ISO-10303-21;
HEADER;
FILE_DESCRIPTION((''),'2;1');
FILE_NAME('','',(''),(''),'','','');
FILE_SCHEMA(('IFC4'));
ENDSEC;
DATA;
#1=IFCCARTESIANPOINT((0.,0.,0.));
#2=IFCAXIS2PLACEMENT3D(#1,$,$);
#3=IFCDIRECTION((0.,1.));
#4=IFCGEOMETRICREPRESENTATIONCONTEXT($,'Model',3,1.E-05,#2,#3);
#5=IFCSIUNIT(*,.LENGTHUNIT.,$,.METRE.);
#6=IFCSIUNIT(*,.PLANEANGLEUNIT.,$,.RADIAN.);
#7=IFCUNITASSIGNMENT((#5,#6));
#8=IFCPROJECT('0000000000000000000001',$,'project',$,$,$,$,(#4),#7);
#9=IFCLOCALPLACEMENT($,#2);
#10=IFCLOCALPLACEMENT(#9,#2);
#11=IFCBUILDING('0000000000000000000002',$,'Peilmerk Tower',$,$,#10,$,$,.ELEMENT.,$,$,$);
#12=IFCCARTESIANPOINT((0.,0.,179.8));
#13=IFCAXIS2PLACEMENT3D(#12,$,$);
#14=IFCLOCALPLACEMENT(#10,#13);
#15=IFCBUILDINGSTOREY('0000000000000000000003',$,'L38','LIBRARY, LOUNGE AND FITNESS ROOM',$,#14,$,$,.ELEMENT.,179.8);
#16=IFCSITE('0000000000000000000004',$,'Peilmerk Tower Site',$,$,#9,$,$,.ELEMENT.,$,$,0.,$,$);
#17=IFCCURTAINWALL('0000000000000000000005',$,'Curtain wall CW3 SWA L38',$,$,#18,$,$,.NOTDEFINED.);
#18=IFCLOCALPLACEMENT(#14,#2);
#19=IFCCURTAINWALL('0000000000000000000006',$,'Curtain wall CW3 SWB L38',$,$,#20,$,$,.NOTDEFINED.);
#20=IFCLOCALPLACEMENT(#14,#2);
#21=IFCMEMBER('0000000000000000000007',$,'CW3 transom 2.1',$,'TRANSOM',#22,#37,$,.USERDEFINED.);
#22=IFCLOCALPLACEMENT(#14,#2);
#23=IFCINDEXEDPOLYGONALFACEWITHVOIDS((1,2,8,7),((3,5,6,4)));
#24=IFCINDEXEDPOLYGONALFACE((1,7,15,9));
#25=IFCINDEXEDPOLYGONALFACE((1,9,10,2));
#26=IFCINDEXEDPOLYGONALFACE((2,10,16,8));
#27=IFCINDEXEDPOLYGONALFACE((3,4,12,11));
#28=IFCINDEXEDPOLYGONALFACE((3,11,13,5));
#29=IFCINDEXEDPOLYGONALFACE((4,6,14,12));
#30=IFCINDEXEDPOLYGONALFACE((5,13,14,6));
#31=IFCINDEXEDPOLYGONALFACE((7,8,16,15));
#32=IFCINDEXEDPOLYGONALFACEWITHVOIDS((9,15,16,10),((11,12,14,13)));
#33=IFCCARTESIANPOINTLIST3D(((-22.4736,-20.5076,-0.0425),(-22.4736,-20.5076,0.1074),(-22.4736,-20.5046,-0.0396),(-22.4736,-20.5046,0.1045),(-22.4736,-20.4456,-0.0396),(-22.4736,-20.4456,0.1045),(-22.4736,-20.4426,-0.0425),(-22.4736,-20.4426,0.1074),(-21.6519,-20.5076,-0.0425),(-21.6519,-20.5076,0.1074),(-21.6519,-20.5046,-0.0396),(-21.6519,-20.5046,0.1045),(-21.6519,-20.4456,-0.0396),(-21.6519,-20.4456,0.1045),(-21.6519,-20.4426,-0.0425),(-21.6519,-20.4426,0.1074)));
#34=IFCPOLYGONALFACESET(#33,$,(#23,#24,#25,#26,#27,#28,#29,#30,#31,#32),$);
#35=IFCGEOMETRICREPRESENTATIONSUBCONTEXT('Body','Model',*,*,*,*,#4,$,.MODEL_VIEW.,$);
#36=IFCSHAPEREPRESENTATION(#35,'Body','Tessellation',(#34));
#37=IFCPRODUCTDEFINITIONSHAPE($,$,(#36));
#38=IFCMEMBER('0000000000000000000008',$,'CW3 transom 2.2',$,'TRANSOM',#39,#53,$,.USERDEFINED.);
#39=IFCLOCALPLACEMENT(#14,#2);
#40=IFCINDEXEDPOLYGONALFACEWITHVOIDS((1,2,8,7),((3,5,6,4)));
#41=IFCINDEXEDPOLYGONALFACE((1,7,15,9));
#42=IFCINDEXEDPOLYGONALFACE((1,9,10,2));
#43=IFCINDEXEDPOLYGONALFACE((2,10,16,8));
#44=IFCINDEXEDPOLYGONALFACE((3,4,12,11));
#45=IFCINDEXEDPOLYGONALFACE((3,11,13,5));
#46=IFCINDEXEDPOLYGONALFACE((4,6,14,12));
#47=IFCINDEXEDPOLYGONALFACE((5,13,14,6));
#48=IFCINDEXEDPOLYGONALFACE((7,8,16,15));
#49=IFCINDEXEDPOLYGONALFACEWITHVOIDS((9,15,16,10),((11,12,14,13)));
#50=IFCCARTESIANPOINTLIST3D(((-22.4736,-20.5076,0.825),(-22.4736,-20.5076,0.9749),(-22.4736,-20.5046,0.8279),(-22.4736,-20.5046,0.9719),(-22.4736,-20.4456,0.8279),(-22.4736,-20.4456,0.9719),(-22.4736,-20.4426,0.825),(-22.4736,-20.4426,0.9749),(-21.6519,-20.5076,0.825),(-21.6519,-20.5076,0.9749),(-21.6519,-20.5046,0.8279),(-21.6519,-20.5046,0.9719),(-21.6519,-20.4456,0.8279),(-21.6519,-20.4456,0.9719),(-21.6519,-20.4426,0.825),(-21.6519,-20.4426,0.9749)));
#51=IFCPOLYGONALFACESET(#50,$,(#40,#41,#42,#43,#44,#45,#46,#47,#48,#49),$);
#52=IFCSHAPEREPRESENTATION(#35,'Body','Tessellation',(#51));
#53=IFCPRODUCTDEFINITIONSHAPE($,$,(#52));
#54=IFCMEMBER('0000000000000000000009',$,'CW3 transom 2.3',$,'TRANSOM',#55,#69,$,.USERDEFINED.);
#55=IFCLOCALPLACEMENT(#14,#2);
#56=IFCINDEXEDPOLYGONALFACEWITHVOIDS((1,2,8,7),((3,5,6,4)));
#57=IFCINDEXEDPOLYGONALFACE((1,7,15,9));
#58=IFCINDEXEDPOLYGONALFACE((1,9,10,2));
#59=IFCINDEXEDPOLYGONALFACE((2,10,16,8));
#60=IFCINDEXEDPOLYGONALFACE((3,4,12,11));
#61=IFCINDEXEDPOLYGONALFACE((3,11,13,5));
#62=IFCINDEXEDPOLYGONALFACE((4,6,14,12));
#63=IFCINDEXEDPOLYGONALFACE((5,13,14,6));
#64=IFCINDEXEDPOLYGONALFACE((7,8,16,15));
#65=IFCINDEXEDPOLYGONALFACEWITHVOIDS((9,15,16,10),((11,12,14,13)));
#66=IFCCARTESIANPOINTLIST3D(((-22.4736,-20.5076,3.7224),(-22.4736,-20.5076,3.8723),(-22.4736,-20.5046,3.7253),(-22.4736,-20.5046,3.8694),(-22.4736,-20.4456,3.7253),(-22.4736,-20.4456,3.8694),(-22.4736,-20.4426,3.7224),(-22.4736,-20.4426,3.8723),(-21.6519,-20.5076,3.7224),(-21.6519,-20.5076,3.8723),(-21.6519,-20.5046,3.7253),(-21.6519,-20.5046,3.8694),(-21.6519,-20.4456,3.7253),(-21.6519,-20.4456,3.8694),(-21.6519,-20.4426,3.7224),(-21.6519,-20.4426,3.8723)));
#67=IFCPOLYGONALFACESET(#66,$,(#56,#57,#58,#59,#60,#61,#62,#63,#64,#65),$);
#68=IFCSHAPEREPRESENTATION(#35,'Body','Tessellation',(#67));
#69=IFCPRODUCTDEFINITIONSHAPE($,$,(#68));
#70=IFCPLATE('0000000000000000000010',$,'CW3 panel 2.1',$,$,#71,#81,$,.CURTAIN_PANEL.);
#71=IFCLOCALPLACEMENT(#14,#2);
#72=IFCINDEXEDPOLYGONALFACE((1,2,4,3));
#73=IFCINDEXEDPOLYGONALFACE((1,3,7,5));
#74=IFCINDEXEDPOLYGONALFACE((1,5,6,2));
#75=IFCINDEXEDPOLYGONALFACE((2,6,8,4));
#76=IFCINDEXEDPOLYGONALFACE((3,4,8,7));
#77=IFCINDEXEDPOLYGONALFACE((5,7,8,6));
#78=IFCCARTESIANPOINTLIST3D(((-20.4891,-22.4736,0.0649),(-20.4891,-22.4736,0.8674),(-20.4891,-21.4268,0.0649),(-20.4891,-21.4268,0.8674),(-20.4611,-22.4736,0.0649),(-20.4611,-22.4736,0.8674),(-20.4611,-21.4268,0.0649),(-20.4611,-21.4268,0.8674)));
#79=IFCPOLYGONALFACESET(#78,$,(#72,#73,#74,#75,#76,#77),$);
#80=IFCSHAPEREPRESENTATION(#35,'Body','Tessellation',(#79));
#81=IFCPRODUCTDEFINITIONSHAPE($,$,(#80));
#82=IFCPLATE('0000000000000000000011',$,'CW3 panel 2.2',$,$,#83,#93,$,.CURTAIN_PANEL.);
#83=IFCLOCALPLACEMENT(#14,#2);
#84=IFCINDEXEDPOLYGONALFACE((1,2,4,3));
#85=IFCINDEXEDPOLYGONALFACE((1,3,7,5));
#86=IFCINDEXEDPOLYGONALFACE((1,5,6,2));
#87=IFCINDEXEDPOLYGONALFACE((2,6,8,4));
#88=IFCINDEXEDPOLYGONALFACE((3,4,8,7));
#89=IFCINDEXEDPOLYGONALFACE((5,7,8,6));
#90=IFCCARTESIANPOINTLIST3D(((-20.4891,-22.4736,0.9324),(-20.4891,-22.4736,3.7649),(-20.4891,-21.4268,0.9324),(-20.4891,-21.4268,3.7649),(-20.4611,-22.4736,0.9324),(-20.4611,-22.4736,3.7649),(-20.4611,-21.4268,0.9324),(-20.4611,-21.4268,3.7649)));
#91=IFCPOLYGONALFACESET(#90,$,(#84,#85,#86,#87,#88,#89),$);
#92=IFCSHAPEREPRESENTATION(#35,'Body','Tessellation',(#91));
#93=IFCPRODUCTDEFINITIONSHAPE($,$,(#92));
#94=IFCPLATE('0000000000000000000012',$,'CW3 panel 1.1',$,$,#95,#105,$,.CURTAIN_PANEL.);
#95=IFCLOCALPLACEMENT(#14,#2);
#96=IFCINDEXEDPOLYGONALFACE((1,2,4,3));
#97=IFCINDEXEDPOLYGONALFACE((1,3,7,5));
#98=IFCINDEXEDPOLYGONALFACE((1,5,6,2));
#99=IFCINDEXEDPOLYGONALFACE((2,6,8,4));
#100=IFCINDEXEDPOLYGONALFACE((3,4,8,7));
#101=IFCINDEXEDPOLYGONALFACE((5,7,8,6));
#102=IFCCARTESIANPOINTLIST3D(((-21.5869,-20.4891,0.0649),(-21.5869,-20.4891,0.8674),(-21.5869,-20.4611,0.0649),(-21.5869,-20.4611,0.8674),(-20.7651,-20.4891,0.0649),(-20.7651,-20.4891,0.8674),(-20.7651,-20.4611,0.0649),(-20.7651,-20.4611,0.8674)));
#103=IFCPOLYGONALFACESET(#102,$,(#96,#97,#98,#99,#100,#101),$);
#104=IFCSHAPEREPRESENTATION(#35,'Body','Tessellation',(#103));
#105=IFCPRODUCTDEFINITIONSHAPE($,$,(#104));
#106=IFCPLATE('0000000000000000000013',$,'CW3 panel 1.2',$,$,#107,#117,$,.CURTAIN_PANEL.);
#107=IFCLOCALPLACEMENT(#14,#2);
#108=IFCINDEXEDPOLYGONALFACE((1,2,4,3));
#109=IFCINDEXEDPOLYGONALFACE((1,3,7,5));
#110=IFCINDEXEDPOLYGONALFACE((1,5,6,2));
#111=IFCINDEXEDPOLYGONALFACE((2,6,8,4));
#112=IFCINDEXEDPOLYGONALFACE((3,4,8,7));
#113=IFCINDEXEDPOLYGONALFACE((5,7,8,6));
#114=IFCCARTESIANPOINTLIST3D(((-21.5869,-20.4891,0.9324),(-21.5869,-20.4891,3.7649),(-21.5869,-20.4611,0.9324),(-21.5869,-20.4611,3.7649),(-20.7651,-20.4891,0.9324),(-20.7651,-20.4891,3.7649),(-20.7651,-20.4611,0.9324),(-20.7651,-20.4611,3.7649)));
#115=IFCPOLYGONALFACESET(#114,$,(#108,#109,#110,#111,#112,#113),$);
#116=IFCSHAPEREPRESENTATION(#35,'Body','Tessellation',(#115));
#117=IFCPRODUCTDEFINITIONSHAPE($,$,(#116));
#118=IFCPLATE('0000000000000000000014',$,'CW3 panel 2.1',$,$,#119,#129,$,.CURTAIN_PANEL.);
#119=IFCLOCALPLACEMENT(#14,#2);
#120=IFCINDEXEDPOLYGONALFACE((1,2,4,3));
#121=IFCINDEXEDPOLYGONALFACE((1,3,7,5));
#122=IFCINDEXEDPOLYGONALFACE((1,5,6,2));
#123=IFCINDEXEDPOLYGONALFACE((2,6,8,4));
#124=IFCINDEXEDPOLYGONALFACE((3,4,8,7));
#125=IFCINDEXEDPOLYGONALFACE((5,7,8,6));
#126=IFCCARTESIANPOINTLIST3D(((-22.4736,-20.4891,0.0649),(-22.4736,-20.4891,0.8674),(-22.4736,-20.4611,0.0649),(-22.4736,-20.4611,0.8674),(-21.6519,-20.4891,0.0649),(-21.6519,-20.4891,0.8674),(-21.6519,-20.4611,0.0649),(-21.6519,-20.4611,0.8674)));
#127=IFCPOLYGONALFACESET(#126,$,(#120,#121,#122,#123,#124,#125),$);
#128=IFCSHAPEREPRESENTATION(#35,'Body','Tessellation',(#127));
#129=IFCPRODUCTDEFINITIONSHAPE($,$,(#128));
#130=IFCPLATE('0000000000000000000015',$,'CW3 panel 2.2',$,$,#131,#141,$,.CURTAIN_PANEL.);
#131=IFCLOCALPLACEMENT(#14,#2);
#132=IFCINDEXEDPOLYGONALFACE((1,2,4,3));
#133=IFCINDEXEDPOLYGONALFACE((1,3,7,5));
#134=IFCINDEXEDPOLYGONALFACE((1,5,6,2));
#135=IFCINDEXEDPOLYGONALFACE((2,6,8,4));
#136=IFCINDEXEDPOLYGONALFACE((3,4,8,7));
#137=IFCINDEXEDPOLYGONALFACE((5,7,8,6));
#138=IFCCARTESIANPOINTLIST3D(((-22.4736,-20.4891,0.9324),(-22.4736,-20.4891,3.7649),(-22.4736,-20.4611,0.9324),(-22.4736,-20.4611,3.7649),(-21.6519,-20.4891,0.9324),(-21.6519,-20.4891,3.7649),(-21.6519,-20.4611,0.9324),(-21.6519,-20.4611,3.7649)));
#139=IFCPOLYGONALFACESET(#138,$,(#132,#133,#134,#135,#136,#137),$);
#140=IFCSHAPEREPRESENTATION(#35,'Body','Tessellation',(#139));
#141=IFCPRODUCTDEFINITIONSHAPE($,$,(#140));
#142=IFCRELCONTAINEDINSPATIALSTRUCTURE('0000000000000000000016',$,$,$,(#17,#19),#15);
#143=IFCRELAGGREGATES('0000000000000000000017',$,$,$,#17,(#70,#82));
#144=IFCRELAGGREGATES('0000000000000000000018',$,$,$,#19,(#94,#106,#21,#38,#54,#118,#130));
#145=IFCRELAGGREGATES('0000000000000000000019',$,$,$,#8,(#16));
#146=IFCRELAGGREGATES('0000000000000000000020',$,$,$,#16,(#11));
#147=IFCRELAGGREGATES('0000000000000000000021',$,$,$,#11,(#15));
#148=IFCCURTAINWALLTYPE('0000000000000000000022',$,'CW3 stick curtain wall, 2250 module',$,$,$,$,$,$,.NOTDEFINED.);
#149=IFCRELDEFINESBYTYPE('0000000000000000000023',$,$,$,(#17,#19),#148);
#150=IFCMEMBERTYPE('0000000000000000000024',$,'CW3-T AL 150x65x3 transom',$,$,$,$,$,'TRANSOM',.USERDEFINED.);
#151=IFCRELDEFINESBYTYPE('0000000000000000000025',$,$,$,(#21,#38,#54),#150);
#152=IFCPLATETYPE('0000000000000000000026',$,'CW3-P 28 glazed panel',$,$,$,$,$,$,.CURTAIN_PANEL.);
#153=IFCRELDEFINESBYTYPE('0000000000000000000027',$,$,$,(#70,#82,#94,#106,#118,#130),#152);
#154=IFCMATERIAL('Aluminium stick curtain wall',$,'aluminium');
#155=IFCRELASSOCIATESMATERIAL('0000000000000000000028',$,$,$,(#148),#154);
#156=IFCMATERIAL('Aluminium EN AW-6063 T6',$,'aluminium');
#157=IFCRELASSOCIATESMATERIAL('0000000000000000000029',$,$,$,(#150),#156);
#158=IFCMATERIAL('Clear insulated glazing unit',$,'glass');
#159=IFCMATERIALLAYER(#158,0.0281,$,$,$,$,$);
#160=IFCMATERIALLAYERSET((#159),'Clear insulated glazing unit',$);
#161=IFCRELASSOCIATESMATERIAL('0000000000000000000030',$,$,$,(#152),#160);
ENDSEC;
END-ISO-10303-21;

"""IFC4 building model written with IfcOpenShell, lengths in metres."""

from ifc_helpers import new_model, si_unit, direction, frame, origin, origin_2d, place, context, subcontext, project, spatial, rectangle, hollow_rectangle, extrude, material, layer, layer_set, material_profile, profile_set, type_object, element, aggregate, save


model = new_model("IFC4")

# Units and contexts
model_context = context("Model", 3, precision=1e-05, world=origin(), true_north=direction((0.0, 1.0)))
body_context = subcontext(model_context, "Body", "Model", "MODEL_VIEW")
ifc_project = project(units=[si_unit("LENGTHUNIT", "METRE"), si_unit("PLANEANGLEUNIT", "RADIAN")], contexts=[model_context])

# Site, building, storey
site_placement = place(None, origin())
site = spatial("IfcSite", under=ifc_project, at=site_placement, Name="Peilmerk Tower Site", CompositionType="ELEMENT", RefElevation=0.0)
building_placement = place(site_placement, origin())
building = spatial("IfcBuilding", under=site, at=building_placement, Name="Peilmerk Tower", CompositionType="ELEMENT")
storey_placement = place(building_placement, frame((0.0, 0.0, 179.8)))
storey = spatial("IfcBuildingStorey", under=building, at=storey_placement, Name="L38", Description="LIBRARY, LOUNGE AND FITNESS ROOM", CompositionType="ELEMENT", Elevation=179.8)

# Curtain wall
ifc_material_1 = material(Name="Aluminium stick curtain wall", Category="aluminium")
curtain_wall_type = type_object("IfcCurtainWallType", Name="CW3 stick curtain wall, 2250 module", PredefinedType="NOTDEFINED", material=ifc_material_1)
curtain_wall_1_placement = place(storey_placement, origin())
curtain_wall_1 = element("IfcCurtainWall", 1, at=curtain_wall_1_placement, inside=storey, type_object=curtain_wall_type, Name="Curtain wall CW3 SWA L38", PredefinedType="NOTDEFINED")
ifc_material_2 = material(Name="Aluminium EN AW-6063 T6", Category="aluminium")

# Curtain wall, members
curtain_wall_2_placement = place(storey_placement, origin())
curtain_wall_2 = element("IfcCurtainWall", 2, at=curtain_wall_2_placement, inside=storey, type_object=curtain_wall_type, Name="Curtain wall CW3 SWB L38", PredefinedType="NOTDEFINED")
ifc_material_profile_1 = material_profile(ifc_material_2, hollow_rectangle(XDim=0.0649, YDim=0.1499, WallThickness=0.0029, at=origin_2d()), Name="AL 150x65x3")
ifc_profile_set_1 = profile_set([ifc_material_profile_1], Name="Aluminium EN AW-6063 T6")
member_type_1 = type_object("IfcMemberType", Name="CW3-T AL 150x65x3 transom", ElementType="TRANSOM", PredefinedType="USERDEFINED", material=ifc_profile_set_1)
member_1_placement = place(storey_placement, frame((-21.6519, -20.4751, 0.0325), z_axis=(-1.0, 0.0, 0.0), x_axis=(0.0, -1.0, 0.0)))
member_1 = element("IfcMember", 3, at=member_1_placement, type_object=member_type_1, Name="CW3 transom 2.1", ObjectType="TRANSOM", PredefinedType="USERDEFINED", context=body_context, shape_type="SweptSolid", body=[
    extrude(hollow_rectangle(XDim=0.0649, YDim=0.1499, WallThickness=0.0029, at=origin_2d()), origin(), (0.0, 0.0, 1.0), 0.8218),
])
member_2_placement = place(storey_placement, frame((-21.6519, -20.4751, 0.8999), z_axis=(-1.0, 0.0, 0.0), x_axis=(0.0, -1.0, 0.0)))
member_2 = element("IfcMember", 4, at=member_2_placement, type_object=member_type_1, Name="CW3 transom 2.2", ObjectType="TRANSOM", PredefinedType="USERDEFINED", context=body_context, shape_type="SweptSolid", body=[
    extrude(hollow_rectangle(XDim=0.0649, YDim=0.1499, WallThickness=0.0029, at=origin_2d()), origin(), (0.0, 0.0, 1.0), 0.8218),
])
member_3_placement = place(storey_placement, frame((-21.6519, -20.4751, 3.7974), z_axis=(-1.0, 0.0, 0.0), x_axis=(0.0, -1.0, 0.0)))
member_3 = element("IfcMember", 5, at=member_3_placement, type_object=member_type_1, Name="CW3 transom 2.3", ObjectType="TRANSOM", PredefinedType="USERDEFINED", context=body_context, shape_type="SweptSolid", body=[
    extrude(hollow_rectangle(XDim=0.0649, YDim=0.1499, WallThickness=0.0029, at=origin_2d()), origin(), (0.0, 0.0, 1.0), 0.8218),
])

# Plates
ifc_material_3 = material(Name="Clear insulated glazing unit", Category="glass")
ifc_layer_1 = layer(ifc_material_3, 0.0281)
ifc_layer_set_1 = layer_set([ifc_layer_1], Name="Clear insulated glazing unit")
plate_type = type_object("IfcPlateType", Name="CW3-P 28 glazed panel", PredefinedType="CURTAIN_PANEL", material=ifc_layer_set_1)
plate_1_placement = place(storey_placement, frame((-20.4751, -21.9502, 0.0649), z_axis=(0.0, 0.0, 1.0), x_axis=(0.0, -1.0, 0.0)))
plate_1 = element("IfcPlate", 6, at=plate_1_placement, type_object=plate_type, Name="CW3 panel 2.1", PredefinedType="CURTAIN_PANEL", context=body_context, shape_type="SweptSolid", body=[
    extrude(rectangle(XDim=1.0469, YDim=0.0281, at=origin_2d()), origin(), (0.0, 0.0, 1.0), 0.8025),
])
plate_2_placement = place(storey_placement, frame((-20.4751, -21.9502, 0.9324), z_axis=(0.0, 0.0, 1.0), x_axis=(0.0, -1.0, 0.0)))
plate_2 = element("IfcPlate", 7, at=plate_2_placement, type_object=plate_type, Name="CW3 panel 2.2", PredefinedType="CURTAIN_PANEL", context=body_context, shape_type="SweptSolid", body=[
    extrude(rectangle(XDim=1.0469, YDim=0.0281, at=origin_2d()), origin(), (0.0, 0.0, 1.0), 2.8325),
])
aggregate(curtain_wall_1, [plate_1, plate_2])
plate_3_placement = place(storey_placement, frame((-21.176, -20.4751, 0.0649), z_axis=(0.0, 0.0, 1.0), x_axis=(-1.0, 0.0, 0.0)))
plate_3 = element("IfcPlate", 8, at=plate_3_placement, type_object=plate_type, Name="CW3 panel 1.1", PredefinedType="CURTAIN_PANEL", context=body_context, shape_type="SweptSolid", body=[
    extrude(rectangle(XDim=0.8218, YDim=0.0281, at=origin_2d()), origin(), (0.0, 0.0, 1.0), 0.8025),
])
plate_4_placement = place(storey_placement, frame((-21.176, -20.4751, 0.9324), z_axis=(0.0, 0.0, 1.0), x_axis=(-1.0, 0.0, 0.0)))
plate_4 = element("IfcPlate", 9, at=plate_4_placement, type_object=plate_type, Name="CW3 panel 1.2", PredefinedType="CURTAIN_PANEL", context=body_context, shape_type="SweptSolid", body=[
    extrude(rectangle(XDim=0.8218, YDim=0.0281, at=origin_2d()), origin(), (0.0, 0.0, 1.0), 2.8325),
])
plate_5_placement = place(storey_placement, frame((-22.0627, -20.4751, 0.0649), z_axis=(0.0, 0.0, 1.0), x_axis=(-1.0, 0.0, 0.0)))
plate_5 = element("IfcPlate", 10, at=plate_5_placement, type_object=plate_type, Name="CW3 panel 2.1", PredefinedType="CURTAIN_PANEL", context=body_context, shape_type="SweptSolid", body=[
    extrude(rectangle(XDim=0.8218, YDim=0.0281, at=origin_2d()), origin(), (0.0, 0.0, 1.0), 0.8025),
])
plate_6_placement = place(storey_placement, frame((-22.0627, -20.4751, 0.9324), z_axis=(0.0, 0.0, 1.0), x_axis=(-1.0, 0.0, 0.0)))
plate_6 = element("IfcPlate", 11, at=plate_6_placement, type_object=plate_type, Name="CW3 panel 2.2", PredefinedType="CURTAIN_PANEL", context=body_context, shape_type="SweptSolid", body=[
    extrude(rectangle(XDim=0.8218, YDim=0.0281, at=origin_2d()), origin(), (0.0, 0.0, 1.0), 2.8325),
])
aggregate(curtain_wall_2, [plate_3, plate_4, member_1, member_2, member_3, plate_5, plate_6])

save(model, "model.ifc")
